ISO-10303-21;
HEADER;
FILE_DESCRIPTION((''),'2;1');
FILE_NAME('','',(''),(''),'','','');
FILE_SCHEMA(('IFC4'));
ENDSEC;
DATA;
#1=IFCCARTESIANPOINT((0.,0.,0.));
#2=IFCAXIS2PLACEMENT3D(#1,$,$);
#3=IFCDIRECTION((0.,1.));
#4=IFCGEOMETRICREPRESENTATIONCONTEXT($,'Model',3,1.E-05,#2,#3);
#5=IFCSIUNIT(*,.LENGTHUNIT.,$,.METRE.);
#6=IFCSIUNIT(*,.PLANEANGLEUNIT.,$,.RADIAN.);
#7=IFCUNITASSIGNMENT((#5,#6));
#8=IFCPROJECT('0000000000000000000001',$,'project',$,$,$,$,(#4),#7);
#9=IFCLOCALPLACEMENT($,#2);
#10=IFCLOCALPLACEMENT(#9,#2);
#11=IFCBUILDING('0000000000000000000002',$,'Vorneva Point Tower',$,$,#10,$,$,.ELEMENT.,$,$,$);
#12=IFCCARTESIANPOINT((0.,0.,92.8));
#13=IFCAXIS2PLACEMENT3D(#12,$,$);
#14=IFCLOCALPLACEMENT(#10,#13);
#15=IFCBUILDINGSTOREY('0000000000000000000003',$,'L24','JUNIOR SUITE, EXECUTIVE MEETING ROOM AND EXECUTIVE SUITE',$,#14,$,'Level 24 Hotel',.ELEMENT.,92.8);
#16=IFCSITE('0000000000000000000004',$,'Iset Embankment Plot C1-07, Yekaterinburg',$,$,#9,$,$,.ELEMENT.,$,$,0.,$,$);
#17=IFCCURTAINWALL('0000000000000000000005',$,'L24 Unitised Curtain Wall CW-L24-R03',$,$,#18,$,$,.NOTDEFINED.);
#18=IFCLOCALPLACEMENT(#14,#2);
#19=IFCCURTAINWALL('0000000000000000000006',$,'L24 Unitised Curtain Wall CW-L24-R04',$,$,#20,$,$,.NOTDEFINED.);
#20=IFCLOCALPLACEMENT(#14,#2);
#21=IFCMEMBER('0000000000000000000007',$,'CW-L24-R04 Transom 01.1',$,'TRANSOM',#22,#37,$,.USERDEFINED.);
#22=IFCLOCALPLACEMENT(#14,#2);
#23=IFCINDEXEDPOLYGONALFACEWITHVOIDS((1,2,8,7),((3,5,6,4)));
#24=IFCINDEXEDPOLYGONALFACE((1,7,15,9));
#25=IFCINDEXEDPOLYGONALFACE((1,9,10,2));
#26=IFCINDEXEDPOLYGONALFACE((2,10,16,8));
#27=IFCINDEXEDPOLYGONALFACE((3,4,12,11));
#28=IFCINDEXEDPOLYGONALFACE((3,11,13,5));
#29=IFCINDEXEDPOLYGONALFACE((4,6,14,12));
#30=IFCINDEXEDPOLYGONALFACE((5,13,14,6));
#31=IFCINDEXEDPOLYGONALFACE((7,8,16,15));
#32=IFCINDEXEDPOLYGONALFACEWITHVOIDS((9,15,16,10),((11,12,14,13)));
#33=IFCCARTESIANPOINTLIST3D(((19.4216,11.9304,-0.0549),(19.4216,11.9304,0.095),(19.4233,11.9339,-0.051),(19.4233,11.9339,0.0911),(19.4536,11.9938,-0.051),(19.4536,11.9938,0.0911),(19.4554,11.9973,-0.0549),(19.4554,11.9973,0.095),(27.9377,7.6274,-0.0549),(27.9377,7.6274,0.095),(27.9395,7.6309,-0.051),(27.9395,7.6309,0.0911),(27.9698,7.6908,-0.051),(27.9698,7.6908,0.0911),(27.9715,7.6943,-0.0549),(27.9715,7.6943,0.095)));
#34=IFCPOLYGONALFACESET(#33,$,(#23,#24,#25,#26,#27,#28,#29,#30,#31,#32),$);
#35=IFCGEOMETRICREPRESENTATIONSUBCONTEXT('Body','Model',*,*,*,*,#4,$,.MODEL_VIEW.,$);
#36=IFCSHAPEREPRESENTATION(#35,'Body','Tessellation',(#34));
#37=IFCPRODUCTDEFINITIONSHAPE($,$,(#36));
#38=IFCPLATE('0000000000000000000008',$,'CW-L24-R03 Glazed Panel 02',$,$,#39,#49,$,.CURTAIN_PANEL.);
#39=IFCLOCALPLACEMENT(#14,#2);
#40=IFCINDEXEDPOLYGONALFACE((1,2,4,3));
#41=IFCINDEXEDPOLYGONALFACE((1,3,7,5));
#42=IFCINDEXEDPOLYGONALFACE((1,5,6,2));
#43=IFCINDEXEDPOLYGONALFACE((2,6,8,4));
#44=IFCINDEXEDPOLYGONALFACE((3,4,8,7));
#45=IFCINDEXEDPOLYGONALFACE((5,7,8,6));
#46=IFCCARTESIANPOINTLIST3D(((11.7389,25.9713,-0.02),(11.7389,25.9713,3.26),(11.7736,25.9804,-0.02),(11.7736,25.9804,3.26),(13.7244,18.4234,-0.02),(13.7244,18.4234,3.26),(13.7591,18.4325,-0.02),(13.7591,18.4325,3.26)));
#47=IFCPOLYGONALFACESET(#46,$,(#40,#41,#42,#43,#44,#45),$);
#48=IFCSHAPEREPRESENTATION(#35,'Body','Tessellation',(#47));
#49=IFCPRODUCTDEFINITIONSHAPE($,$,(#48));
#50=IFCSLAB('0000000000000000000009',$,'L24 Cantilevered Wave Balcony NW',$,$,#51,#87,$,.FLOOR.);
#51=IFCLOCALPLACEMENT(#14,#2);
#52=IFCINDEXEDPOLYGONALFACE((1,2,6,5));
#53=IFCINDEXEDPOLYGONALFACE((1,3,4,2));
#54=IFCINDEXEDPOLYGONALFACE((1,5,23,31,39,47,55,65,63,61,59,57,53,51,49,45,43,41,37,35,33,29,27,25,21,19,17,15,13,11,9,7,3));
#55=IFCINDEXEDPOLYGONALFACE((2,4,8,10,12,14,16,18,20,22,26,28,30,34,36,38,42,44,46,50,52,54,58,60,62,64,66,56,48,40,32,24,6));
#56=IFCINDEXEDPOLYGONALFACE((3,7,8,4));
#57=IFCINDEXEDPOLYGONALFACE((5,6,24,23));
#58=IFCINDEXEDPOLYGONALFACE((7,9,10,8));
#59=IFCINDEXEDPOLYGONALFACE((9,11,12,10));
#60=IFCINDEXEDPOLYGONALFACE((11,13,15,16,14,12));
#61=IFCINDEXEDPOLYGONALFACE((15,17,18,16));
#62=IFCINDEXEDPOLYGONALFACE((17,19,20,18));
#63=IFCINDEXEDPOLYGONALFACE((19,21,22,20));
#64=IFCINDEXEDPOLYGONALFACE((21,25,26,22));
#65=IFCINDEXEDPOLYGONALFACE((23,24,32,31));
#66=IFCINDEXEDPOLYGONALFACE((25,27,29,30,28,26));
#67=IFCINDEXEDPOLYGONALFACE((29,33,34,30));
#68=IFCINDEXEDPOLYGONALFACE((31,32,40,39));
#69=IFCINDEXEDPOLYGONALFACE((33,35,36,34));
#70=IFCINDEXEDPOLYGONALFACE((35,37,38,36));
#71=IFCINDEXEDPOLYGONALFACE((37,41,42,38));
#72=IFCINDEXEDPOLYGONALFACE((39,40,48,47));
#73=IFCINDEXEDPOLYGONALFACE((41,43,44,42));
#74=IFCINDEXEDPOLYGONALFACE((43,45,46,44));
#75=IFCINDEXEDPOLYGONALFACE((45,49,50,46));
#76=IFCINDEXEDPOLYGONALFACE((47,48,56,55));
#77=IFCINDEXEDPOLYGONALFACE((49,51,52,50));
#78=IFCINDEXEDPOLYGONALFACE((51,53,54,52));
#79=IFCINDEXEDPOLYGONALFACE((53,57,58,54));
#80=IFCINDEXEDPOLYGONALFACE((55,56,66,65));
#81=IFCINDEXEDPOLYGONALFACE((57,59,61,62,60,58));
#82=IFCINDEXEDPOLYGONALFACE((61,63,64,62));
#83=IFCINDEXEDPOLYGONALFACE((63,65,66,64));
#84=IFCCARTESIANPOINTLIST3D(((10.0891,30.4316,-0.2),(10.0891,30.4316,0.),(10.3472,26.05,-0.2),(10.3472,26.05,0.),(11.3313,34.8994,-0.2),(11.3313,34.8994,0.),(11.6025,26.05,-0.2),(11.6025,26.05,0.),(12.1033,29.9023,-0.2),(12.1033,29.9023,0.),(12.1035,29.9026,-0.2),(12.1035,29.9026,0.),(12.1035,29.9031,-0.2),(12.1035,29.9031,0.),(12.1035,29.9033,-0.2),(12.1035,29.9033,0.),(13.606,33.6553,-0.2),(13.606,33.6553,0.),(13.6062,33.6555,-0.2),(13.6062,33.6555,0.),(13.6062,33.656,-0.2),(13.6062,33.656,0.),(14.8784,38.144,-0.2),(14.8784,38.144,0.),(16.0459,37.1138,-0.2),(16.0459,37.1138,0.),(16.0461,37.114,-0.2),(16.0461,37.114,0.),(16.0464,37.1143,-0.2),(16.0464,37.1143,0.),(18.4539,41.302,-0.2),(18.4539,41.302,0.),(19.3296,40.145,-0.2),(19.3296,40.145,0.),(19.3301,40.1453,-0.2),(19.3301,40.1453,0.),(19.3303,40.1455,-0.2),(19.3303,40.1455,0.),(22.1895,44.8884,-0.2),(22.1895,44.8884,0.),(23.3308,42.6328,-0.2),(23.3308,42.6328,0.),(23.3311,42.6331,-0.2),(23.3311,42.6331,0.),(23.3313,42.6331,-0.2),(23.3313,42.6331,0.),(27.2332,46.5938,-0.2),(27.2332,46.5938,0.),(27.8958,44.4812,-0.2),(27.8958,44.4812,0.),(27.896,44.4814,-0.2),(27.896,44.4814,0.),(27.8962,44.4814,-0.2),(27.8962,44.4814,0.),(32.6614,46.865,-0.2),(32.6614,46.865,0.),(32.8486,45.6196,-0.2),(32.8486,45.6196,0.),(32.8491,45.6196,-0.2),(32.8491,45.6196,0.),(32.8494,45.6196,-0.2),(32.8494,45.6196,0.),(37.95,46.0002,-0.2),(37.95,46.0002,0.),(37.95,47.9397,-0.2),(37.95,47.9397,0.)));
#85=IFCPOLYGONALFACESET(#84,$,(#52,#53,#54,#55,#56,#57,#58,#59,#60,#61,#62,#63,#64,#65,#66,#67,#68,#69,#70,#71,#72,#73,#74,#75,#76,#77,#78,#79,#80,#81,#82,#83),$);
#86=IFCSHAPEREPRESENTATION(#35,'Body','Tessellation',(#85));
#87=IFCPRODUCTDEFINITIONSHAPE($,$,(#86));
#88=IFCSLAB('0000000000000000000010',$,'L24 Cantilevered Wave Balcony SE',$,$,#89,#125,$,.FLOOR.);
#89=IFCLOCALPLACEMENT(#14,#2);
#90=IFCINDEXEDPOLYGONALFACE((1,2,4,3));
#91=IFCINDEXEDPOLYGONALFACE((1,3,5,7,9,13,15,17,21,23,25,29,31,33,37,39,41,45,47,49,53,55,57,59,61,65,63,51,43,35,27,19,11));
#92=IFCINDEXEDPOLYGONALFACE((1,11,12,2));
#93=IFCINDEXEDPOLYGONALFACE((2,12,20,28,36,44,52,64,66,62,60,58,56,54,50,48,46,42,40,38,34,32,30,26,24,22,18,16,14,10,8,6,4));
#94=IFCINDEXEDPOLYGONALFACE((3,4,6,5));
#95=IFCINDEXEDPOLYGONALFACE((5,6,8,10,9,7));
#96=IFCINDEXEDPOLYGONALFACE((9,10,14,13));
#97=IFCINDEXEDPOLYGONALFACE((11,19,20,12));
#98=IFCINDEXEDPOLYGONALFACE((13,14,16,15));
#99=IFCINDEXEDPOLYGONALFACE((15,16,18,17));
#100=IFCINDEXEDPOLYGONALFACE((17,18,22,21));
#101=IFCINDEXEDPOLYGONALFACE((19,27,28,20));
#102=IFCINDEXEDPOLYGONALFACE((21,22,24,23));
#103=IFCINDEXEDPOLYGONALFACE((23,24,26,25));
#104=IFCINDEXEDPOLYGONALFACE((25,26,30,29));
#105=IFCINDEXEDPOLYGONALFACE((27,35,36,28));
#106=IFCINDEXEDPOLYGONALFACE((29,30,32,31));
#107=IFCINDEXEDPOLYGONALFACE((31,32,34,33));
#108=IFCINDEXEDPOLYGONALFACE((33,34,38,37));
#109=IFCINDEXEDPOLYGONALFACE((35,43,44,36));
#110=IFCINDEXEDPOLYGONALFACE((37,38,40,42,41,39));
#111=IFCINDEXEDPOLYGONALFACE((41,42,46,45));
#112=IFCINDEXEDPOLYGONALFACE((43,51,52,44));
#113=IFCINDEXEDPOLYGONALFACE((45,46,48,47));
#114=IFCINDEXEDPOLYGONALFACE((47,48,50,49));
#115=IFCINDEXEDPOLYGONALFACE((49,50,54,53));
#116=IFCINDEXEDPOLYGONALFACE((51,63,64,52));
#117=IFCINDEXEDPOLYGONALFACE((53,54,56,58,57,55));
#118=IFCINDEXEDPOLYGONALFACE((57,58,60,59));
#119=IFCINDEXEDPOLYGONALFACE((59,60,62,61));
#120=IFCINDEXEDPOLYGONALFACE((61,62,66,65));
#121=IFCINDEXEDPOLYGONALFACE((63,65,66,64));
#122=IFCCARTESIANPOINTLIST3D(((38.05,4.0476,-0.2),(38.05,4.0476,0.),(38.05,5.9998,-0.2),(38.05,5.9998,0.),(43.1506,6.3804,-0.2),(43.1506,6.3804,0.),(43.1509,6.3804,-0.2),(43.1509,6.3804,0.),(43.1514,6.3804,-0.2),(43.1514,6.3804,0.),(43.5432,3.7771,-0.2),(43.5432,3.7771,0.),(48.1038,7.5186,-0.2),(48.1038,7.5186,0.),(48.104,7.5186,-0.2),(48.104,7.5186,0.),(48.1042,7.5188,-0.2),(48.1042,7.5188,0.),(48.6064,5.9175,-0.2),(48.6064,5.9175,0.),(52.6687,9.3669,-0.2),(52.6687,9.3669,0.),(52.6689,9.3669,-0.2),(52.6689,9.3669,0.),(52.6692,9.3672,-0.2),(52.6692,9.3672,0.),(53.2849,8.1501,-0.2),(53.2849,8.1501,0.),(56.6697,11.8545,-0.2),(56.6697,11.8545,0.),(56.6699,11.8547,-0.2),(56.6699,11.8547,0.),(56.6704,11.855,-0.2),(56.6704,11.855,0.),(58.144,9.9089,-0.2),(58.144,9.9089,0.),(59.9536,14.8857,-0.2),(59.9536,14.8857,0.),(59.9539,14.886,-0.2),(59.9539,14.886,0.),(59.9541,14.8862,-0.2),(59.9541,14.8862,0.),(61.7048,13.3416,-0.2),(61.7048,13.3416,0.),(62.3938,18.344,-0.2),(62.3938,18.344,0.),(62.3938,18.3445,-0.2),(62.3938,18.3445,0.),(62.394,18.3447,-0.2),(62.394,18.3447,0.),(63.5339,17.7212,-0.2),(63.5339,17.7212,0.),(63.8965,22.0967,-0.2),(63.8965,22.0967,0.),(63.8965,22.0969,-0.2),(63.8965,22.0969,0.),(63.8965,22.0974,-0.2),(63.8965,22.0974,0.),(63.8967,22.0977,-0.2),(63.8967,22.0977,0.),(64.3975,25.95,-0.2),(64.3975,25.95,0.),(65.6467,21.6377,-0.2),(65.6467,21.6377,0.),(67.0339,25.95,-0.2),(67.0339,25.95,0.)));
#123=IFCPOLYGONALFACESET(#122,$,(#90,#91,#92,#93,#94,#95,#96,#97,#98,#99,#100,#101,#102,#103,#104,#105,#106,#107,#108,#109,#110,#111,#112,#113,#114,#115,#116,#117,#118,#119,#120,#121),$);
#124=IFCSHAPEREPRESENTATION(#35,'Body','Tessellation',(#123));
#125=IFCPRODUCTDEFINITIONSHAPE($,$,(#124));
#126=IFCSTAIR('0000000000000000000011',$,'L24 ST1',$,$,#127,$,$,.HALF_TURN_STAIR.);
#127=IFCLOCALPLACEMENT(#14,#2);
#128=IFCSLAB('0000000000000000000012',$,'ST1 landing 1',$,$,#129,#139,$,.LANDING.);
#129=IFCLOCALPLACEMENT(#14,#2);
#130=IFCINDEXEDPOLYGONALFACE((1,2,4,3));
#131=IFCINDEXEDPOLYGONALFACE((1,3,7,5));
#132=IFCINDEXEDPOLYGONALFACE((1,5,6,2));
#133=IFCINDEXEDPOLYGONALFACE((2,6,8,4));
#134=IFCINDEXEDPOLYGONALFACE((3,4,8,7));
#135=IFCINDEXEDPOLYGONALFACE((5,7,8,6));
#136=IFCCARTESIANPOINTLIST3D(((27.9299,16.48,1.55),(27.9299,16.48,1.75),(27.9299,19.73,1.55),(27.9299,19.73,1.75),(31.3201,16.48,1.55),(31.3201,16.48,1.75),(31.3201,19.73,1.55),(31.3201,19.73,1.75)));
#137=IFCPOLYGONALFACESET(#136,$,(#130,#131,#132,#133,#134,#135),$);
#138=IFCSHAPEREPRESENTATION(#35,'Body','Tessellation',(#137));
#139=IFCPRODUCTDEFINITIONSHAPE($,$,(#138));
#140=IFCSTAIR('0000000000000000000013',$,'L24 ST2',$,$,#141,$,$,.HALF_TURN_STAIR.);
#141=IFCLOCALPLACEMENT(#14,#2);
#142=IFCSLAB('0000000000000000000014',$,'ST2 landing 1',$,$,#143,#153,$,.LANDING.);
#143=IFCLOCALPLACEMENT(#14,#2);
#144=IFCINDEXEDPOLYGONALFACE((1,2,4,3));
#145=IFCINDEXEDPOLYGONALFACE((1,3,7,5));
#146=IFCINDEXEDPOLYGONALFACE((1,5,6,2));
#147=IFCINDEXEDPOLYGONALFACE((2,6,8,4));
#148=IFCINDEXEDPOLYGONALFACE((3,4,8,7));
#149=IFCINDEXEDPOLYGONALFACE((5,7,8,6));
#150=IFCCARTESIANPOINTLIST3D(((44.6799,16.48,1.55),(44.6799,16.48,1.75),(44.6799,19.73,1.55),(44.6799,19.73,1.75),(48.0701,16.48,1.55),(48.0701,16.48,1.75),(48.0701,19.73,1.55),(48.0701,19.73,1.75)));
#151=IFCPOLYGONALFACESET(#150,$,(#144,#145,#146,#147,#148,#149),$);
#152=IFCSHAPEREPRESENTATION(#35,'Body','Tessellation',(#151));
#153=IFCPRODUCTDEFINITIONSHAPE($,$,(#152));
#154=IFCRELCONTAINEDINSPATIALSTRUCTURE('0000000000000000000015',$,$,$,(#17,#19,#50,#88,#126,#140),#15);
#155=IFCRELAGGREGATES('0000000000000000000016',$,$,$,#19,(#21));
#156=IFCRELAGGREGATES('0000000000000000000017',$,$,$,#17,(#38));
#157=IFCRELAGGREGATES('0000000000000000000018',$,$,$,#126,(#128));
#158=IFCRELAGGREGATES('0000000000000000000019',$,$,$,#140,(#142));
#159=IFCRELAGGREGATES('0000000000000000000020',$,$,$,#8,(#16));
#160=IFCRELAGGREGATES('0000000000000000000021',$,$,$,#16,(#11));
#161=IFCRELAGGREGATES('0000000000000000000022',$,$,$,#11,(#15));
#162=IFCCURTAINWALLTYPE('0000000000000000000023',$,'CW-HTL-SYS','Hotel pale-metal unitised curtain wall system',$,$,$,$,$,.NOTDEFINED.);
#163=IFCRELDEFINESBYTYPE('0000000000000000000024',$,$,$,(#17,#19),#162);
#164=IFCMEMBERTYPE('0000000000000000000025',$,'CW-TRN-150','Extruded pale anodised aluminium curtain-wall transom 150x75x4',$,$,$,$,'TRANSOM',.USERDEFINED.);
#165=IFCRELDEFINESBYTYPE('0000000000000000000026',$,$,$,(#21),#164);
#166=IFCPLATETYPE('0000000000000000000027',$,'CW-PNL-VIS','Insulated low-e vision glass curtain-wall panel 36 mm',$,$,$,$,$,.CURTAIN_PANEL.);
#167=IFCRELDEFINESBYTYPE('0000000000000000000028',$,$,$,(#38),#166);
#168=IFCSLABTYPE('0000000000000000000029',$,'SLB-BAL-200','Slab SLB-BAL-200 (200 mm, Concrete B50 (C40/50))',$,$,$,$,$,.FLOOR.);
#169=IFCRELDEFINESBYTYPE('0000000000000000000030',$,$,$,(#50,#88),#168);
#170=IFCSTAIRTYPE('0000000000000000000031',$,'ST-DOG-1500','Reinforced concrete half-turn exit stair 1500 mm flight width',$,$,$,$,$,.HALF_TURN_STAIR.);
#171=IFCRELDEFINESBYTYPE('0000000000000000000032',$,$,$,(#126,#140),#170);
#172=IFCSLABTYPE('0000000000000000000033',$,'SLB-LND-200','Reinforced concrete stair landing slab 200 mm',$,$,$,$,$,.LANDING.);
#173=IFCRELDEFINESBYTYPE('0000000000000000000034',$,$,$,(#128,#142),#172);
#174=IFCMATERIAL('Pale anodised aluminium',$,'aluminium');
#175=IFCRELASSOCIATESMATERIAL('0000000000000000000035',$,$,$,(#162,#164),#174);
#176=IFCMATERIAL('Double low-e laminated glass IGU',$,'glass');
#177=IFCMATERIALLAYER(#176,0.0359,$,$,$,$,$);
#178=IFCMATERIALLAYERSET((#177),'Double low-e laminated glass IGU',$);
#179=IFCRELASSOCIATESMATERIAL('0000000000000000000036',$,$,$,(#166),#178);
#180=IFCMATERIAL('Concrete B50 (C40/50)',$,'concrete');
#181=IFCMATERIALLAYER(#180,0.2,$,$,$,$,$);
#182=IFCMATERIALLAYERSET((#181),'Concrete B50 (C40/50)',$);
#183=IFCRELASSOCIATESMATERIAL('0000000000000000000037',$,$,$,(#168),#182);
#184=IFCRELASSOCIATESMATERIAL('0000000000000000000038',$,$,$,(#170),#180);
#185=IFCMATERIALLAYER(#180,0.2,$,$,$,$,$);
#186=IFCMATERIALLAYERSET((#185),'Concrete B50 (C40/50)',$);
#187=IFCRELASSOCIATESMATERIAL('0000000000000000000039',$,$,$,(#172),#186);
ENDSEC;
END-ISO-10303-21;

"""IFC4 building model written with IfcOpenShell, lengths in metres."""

from ifc_helpers import new_model, si_unit, direction, frame, origin, origin_2d, place, context, subcontext, project, spatial, polyline, rectangle, hollow_rectangle, outline, extrude, material, layer, layer_set, material_profile, profile_set, type_object, element, aggregate, save


model = new_model("IFC4")

# Units and contexts
model_context = context("Model", 3, precision=1e-05, world=origin(), true_north=direction((0.0, 1.0)))
body_context = subcontext(model_context, "Body", "Model", "MODEL_VIEW")
ifc_project = project(units=[si_unit("LENGTHUNIT", "METRE"), si_unit("PLANEANGLEUNIT", "RADIAN")], contexts=[model_context])

# Site, building, storey
site_placement = place(None, origin())
site = spatial("IfcSite", under=ifc_project, at=site_placement, Name="Iset Embankment Plot C1-07, Yekaterinburg", CompositionType="ELEMENT", RefElevation=0.0)
building_placement = place(site_placement, origin())
building = spatial("IfcBuilding", under=site, at=building_placement, Name="Vorneva Point Tower", CompositionType="ELEMENT")
storey_placement = place(building_placement, frame((0.0, 0.0, 92.8)))
storey = spatial("IfcBuildingStorey", under=building, at=storey_placement, Name="L24", Description="JUNIOR SUITE, EXECUTIVE MEETING ROOM AND EXECUTIVE SUITE", LongName="Level 24 Hotel", CompositionType="ELEMENT", Elevation=92.8)

# Curtain wall
ifc_material_1 = material(Name="Pale anodised aluminium", Category="aluminium")
curtain_wall_type = type_object("IfcCurtainWallType", Name="CW-HTL-SYS", Description="Hotel pale-metal unitised curtain wall system", PredefinedType="NOTDEFINED", material=ifc_material_1)
curtain_wall_1_placement = place(storey_placement, origin())
curtain_wall_1 = element("IfcCurtainWall", 1, at=curtain_wall_1_placement, inside=storey, type_object=curtain_wall_type, Name="L24 Unitised Curtain Wall CW-L24-R03", PredefinedType="NOTDEFINED")

# Curtain wall
curtain_wall_2_placement = place(storey_placement, origin())
curtain_wall_2 = element("IfcCurtainWall", 2, at=curtain_wall_2_placement, inside=storey, type_object=curtain_wall_type, Name="L24 Unitised Curtain Wall CW-L24-R04", PredefinedType="NOTDEFINED")

# Member
ifc_material_profile_1 = material_profile(ifc_material_1, hollow_rectangle(XDim=0.075, YDim=0.1499, WallThickness=0.0039, at=origin_2d()), Name="AL-TRN 150x75x4")
ifc_profile_set_1 = profile_set([ifc_material_profile_1], Name="Pale anodised aluminium")
member_type_1 = type_object("IfcMemberType", Name="CW-TRN-150", Description="Extruded pale anodised aluminium curtain-wall transom 150x75x4", ElementType="TRANSOM", PredefinedType="USERDEFINED", material=ifc_profile_set_1)
member_1_placement = place(storey_placement, frame((19.4385, 11.9639, 0.02), z_axis=(0.892536, -0.450976, 0.0), x_axis=(0.450976, 0.892536, 0.0)))
member_1 = element("IfcMember", 3, at=member_1_placement, type_object=member_type_1, Name="CW-L24-R04 Transom 01.1", ObjectType="TRANSOM", PredefinedType="USERDEFINED", context=body_context, shape_type="SweptSolid", body=[
    extrude(hollow_rectangle(XDim=0.075, YDim=0.1499, WallThickness=0.0039, at=origin_2d()), origin(), (0.0, 0.0, 1.0), 9.5415),
])
aggregate(curtain_wall_2, [member_1])

# Plate
ifc_material_2 = material(Name="Double low-e laminated glass IGU", Category="glass")
ifc_layer_1 = layer(ifc_material_2, 0.0359)
ifc_layer_set_1 = layer_set([ifc_layer_1], Name="Double low-e laminated glass IGU")
plate_type = type_object("IfcPlateType", Name="CW-PNL-VIS", Description="Insulated low-e vision glass curtain-wall panel 36 mm", PredefinedType="CURTAIN_PANEL", material=ifc_layer_set_1)
plate_placement = place(storey_placement, frame((12.749, 22.2019, -0.02), z_axis=(0.0, 0.0, 1.0), x_axis=(0.254399, -0.967099, 0.0)))
plate = element("IfcPlate", 4, at=plate_placement, type_object=plate_type, Name="CW-L24-R03 Glazed Panel 02", PredefinedType="CURTAIN_PANEL", context=body_context, shape_type="SweptSolid", body=[
    extrude(rectangle(XDim=7.8047, YDim=0.0359, at=origin_2d()), origin(), (0.0, 0.0, 1.0), 3.28),
])
aggregate(curtain_wall_1, [plate])

# Slabs
ifc_material_3 = material(Name="Concrete B50 (C40/50)", Category="concrete")
ifc_layer_2 = layer(ifc_material_3, 0.2)
ifc_layer_set_2 = layer_set([ifc_layer_2], Name="Concrete B50 (C40/50)")
slab_type_1 = type_object("IfcSlabType", Name="SLB-BAL-200", Description="Slab SLB-BAL-200 (200 mm, Concrete B50 (C40/50))", PredefinedType="FLOOR", material=ifc_layer_set_2)
slab_1_placement = place(storey_placement, frame((0.0, 0.0, -0.2)))
element("IfcSlab", 5, at=slab_1_placement, inside=storey, type_object=slab_type_1, Name="L24 Cantilevered Wave Balcony NW", PredefinedType="FLOOR", context=body_context, shape_type="SweptSolid", body=[
    extrude(outline(polyline([(10.3472, 26.05), (11.6025, 26.05), (12.1033, 29.9023), (12.1035, 29.9026), (12.1035, 29.9031), (12.1035, 29.9033), (13.606, 33.6553), (13.6062, 33.6555), (13.6062, 33.656), (16.0459, 37.1138), (16.0461, 37.114), (16.0464, 37.1143), (19.3296, 40.145), (19.3301, 40.1453), (19.3303, 40.1455), (23.3308, 42.6328), (23.3311, 42.6331), (23.3313, 42.6331), (27.8958, 44.4812), (27.896, 44.4814), (27.8962, 44.4814), (32.8486, 45.6196), (32.8491, 45.6196), (32.8494, 45.6196), (37.95, 46.0002), (37.95, 47.9397), (32.6614, 46.865), (27.2332, 46.5938), (22.1895, 44.8884), (18.4539, 41.302), (14.8784, 38.144), (11.3313, 34.8994), (10.0891, 30.4316), (10.3472, 26.05)])), origin(), (0.0, 0.0, 1.0), 0.2),
])
slab_2_placement = place(storey_placement, frame((0.0, 0.0, -0.2)))
element("IfcSlab", 6, at=slab_2_placement, inside=storey, type_object=slab_type_1, Name="L24 Cantilevered Wave Balcony SE", PredefinedType="FLOOR", context=body_context, shape_type="SweptSolid", body=[
    extrude(outline(polyline([(65.6467, 21.6377), (67.0339, 25.95), (64.3975, 25.95), (63.8967, 22.0977), (63.8965, 22.0974), (63.8965, 22.0969), (63.8965, 22.0967), (62.394, 18.3447), (62.3938, 18.3445), (62.3938, 18.344), (59.9541, 14.8862), (59.9539, 14.886), (59.9536, 14.8857), (56.6704, 11.855), (56.6699, 11.8547), (56.6697, 11.8545), (52.6692, 9.3672), (52.6689, 9.3669), (52.6687, 9.3669), (48.1042, 7.5188), (48.104, 7.5186), (48.1038, 7.5186), (43.1514, 6.3804), (43.1509, 6.3804), (43.1506, 6.3804), (38.05, 5.9998), (38.05, 4.0476), (43.5432, 3.7771), (48.6064, 5.9175), (53.2849, 8.1501), (58.144, 9.9089), (61.7048, 13.3416), (63.5339, 17.7212), (65.6467, 21.6377)])), origin(), (0.0, 0.0, 1.0), 0.2),
])

# Stairs, slabs
stair_type = type_object("IfcStairType", Name="ST-DOG-1500", Description="Reinforced concrete half-turn exit stair 1500 mm flight width", PredefinedType="HALF_TURN_STAIR", material=ifc_material_3)
stair_1_placement = place(storey_placement, origin())
stair_1 = element("IfcStair", 7, at=stair_1_placement, inside=storey, type_object=stair_type, Name="L24 ST1", PredefinedType="HALF_TURN_STAIR")
ifc_layer_3 = layer(ifc_material_3, 0.2)
ifc_layer_set_3 = layer_set([ifc_layer_3], Name="Concrete B50 (C40/50)")
slab_type_2 = type_object("IfcSlabType", Name="SLB-LND-200", Description="Reinforced concrete stair landing slab 200 mm", PredefinedType="LANDING", material=ifc_layer_set_3)
slab_3_placement = place(storey_placement, frame((0.0, 0.0, 1.55)))
slab_3 = element("IfcSlab", 8, at=slab_3_placement, type_object=slab_type_2, Name="ST1 landing 1", PredefinedType="LANDING", context=body_context, shape_type="SweptSolid", body=[
    extrude(outline(polyline([(27.9299, 16.48), (31.3201, 16.48), (31.3201, 19.73), (27.9299, 19.73), (27.9299, 16.48)])), origin(), (0.0, 0.0, 1.0), 0.2),
])
aggregate(stair_1, [slab_3])
stair_2_placement = place(storey_placement, origin())
stair_2 = element("IfcStair", 9, at=stair_2_placement, inside=storey, type_object=stair_type, Name="L24 ST2", PredefinedType="HALF_TURN_STAIR")
slab_4_placement = place(storey_placement, frame((0.0, 0.0, 1.55)))
slab_4 = element("IfcSlab", 10, at=slab_4_placement, type_object=slab_type_2, Name="ST2 landing 1", PredefinedType="LANDING", context=body_context, shape_type="SweptSolid", body=[
    extrude(outline(polyline([(44.6799, 16.48), (48.0701, 16.48), (48.0701, 19.73), (44.6799, 19.73), (44.6799, 16.48)])), origin(), (0.0, 0.0, 1.0), 0.2),
])
aggregate(stair_2, [slab_4])

save(model, "model.ifc")
